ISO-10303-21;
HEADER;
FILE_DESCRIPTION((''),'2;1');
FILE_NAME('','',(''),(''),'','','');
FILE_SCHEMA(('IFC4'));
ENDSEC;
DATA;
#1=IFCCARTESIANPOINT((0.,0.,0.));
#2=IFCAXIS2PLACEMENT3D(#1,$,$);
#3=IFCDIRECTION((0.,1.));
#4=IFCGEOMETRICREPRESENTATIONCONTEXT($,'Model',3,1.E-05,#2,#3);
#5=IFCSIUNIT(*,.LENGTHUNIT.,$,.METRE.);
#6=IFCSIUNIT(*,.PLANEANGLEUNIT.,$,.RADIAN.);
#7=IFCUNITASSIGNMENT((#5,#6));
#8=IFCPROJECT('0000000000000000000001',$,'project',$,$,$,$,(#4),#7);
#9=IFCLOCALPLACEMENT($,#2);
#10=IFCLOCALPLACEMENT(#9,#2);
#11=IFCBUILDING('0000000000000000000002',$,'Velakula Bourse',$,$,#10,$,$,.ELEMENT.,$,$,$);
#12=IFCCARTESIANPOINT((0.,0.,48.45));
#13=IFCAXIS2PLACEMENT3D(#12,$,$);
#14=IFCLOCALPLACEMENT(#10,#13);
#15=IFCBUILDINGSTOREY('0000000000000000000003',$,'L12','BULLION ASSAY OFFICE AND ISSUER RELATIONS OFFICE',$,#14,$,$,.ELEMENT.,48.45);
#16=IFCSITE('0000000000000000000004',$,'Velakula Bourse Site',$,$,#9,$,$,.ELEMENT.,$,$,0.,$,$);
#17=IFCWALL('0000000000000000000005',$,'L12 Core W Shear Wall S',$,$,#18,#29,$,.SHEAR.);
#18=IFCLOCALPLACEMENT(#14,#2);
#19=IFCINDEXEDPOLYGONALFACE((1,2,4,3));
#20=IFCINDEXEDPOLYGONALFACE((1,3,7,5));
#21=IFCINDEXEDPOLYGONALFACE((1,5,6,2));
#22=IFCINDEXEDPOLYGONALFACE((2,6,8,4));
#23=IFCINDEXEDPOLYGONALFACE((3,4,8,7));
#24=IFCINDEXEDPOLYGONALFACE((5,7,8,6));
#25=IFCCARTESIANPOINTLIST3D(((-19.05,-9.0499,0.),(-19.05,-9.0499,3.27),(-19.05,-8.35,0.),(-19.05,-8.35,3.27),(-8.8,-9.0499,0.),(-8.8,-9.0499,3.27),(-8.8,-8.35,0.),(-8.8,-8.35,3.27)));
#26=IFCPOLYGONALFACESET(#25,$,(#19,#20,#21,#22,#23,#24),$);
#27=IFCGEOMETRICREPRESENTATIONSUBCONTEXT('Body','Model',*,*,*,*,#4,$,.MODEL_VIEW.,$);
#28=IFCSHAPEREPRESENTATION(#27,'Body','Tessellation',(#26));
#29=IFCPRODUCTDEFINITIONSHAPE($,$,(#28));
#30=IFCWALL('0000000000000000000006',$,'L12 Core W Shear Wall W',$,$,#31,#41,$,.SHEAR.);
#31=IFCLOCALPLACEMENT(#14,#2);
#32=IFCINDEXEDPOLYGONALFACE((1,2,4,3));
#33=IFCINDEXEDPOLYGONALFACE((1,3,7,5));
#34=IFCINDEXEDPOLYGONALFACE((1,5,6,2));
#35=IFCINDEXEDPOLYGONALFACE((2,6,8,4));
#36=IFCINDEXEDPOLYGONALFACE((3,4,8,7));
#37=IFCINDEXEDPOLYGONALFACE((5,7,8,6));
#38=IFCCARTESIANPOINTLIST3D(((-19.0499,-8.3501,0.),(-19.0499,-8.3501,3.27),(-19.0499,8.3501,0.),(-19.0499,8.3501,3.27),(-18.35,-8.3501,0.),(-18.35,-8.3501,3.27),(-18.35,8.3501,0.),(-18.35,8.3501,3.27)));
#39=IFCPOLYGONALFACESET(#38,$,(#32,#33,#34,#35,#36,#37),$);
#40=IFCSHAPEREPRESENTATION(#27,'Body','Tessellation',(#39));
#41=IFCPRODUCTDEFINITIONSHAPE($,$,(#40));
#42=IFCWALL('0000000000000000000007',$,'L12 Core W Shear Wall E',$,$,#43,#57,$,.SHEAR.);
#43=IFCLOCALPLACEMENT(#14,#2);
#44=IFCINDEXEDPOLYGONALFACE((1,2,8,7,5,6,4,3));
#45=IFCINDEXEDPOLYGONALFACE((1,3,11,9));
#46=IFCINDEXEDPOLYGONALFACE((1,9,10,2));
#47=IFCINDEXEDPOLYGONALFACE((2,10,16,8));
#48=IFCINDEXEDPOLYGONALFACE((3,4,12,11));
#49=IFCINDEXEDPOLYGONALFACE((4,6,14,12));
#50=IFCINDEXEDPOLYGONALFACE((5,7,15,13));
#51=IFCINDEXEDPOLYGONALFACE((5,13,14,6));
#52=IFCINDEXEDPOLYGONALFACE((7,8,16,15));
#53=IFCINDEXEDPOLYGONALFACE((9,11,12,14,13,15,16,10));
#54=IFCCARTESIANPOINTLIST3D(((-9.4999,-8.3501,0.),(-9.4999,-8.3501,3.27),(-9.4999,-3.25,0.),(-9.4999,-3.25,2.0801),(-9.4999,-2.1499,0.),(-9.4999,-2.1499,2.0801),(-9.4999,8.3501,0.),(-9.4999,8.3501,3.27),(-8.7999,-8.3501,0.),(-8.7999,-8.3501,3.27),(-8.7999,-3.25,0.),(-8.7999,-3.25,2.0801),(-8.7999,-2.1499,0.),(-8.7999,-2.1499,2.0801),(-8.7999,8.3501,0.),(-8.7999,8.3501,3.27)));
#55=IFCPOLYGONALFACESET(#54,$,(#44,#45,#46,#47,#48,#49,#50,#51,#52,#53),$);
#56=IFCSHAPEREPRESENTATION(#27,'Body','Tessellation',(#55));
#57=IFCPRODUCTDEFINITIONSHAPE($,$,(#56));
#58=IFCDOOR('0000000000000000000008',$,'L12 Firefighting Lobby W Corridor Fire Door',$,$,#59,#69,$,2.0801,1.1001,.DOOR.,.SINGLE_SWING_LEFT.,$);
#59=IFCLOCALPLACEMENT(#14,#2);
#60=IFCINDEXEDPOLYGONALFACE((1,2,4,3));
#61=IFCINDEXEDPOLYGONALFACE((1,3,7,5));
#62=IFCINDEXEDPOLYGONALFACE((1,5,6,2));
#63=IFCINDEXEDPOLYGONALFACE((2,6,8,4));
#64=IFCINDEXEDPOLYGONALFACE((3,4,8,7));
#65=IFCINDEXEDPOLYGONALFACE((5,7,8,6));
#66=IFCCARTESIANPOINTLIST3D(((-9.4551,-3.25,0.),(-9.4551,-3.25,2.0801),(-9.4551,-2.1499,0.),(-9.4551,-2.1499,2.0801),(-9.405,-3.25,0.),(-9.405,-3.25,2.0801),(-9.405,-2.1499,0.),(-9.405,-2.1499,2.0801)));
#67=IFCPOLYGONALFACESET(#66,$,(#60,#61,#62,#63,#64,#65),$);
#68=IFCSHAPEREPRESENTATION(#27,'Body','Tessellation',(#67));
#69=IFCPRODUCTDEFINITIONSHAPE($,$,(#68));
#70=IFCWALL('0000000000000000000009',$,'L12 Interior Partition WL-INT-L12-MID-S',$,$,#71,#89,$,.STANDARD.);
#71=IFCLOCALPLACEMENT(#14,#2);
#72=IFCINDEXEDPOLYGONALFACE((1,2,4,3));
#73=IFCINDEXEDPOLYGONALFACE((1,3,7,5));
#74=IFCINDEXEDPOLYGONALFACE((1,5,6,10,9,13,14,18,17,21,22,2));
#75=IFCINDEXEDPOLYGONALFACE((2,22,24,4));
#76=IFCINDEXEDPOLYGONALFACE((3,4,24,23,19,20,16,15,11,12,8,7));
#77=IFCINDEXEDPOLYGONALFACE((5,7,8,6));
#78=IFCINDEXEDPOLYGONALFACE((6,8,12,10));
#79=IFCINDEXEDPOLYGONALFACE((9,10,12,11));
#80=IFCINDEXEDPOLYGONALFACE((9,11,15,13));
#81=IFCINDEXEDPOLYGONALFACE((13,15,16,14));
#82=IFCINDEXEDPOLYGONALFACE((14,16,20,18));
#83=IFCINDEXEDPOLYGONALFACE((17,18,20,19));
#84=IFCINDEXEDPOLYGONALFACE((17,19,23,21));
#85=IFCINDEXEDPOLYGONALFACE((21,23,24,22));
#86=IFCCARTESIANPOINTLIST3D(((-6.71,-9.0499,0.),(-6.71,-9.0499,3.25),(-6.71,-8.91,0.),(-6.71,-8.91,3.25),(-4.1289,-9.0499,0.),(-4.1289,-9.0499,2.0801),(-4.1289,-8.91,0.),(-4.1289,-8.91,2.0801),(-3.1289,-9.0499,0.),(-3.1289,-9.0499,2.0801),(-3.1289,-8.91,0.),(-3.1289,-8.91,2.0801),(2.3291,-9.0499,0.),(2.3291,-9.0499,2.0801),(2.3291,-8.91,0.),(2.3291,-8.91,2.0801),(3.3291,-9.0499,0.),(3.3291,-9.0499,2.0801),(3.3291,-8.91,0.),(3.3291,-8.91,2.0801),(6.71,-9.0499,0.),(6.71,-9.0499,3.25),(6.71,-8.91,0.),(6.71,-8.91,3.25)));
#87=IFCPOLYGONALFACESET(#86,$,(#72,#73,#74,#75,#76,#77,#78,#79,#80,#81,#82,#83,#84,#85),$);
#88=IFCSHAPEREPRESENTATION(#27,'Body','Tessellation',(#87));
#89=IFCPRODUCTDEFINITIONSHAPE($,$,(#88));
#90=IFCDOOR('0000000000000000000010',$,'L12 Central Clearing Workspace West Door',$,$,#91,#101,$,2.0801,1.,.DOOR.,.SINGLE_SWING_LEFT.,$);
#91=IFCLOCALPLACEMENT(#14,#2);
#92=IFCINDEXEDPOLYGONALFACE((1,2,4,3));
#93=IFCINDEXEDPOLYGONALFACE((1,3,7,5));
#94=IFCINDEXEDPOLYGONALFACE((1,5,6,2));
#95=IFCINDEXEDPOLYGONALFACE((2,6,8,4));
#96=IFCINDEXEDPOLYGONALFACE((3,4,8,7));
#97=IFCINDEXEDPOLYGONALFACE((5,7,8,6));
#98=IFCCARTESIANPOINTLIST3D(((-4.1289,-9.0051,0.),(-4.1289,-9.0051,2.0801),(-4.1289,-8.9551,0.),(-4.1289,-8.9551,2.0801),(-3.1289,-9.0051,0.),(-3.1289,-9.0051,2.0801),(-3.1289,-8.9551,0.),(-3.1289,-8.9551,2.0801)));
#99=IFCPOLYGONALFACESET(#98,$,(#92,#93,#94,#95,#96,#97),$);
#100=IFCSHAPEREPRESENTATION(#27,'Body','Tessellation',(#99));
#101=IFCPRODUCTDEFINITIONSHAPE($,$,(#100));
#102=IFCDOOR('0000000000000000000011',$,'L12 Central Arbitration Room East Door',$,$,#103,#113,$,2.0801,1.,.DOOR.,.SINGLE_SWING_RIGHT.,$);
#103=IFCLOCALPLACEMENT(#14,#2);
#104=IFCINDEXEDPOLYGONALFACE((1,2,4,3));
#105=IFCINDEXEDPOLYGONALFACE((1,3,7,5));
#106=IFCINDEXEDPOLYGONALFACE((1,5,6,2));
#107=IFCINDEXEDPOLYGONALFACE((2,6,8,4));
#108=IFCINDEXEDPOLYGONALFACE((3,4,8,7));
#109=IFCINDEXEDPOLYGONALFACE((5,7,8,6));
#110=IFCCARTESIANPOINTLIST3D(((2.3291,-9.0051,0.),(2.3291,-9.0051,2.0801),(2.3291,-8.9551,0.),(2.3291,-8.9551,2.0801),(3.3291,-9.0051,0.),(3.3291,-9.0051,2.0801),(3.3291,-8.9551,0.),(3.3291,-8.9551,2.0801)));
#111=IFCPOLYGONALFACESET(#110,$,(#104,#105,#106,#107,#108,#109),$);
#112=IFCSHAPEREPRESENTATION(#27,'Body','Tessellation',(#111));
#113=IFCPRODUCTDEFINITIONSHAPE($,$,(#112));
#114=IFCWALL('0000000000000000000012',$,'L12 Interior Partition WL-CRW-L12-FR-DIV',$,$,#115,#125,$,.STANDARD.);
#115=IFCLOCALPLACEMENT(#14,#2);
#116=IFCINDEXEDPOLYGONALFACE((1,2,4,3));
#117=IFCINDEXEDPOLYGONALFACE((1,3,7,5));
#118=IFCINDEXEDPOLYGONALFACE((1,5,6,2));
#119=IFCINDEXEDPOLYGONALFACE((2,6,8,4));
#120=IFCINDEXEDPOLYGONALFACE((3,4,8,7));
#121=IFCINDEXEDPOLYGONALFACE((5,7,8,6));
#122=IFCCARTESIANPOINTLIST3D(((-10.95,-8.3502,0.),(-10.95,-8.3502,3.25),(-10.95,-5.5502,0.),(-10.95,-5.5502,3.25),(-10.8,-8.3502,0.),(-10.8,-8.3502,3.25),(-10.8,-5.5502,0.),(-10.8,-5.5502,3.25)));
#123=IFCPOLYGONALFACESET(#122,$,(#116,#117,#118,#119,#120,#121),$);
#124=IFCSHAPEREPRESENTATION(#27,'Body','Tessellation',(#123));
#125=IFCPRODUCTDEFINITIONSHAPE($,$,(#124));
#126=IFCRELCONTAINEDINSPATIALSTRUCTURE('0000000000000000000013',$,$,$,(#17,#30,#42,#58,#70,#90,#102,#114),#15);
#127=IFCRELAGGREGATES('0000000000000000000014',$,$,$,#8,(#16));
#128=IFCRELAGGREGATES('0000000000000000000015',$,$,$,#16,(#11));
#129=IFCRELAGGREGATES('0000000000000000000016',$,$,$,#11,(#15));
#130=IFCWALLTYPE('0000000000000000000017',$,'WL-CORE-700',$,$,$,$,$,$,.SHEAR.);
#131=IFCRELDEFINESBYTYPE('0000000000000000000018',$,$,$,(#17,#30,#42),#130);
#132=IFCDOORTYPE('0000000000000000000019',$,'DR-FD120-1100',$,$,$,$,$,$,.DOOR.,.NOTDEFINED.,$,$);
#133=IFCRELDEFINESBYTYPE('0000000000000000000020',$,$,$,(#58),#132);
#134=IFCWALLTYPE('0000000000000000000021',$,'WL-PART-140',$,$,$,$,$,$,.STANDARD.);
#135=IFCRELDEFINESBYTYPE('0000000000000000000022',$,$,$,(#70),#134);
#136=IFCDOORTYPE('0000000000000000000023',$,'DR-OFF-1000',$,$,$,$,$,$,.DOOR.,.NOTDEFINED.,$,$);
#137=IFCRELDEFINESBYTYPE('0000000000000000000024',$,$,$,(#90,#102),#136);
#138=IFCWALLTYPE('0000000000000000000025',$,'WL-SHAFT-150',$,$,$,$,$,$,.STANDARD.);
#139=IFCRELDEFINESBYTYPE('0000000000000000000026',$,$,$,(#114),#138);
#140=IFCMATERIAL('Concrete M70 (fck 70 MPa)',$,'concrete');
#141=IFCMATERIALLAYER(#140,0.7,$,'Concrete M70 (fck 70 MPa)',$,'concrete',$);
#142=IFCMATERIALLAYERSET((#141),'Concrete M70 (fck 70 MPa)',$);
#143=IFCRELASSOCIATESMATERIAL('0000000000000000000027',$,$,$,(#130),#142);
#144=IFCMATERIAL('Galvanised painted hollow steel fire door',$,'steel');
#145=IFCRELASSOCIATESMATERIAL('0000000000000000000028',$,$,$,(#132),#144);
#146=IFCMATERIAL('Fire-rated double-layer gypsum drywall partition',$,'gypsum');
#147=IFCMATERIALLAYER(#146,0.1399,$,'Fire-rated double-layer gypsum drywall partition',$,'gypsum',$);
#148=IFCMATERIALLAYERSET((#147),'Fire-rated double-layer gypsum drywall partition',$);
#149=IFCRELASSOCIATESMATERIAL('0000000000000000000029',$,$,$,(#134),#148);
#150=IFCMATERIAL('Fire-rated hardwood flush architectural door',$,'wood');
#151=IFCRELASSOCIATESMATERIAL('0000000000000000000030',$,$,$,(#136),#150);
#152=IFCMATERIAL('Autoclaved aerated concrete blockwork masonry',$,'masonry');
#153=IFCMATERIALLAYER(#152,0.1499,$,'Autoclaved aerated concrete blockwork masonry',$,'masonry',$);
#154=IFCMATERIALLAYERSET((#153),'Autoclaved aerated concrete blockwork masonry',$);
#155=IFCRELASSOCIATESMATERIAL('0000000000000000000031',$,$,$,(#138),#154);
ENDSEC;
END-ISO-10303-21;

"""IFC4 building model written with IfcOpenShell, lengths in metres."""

from ifc_helpers import new_model, si_unit, direction, frame, frame_2d, origin, place, context, subcontext, project, spatial, rectangle, extrude, material, layer, layer_set, type_object, element, fill, save


model = new_model("IFC4")

# Units and contexts
model_context = context("Model", 3, precision=1e-05, world=origin(), true_north=direction((0.0, 1.0)))
body_context = subcontext(model_context, "Body", "Model", "MODEL_VIEW")
ifc_project = project(units=[si_unit("LENGTHUNIT", "METRE"), si_unit("PLANEANGLEUNIT", "RADIAN")], contexts=[model_context])

# Site, building, storey
site_placement = place(None, origin())
site = spatial("IfcSite", under=ifc_project, at=site_placement, Name="Velakula Bourse Site", CompositionType="ELEMENT", RefElevation=0.0)
building_placement = place(site_placement, origin())
building = spatial("IfcBuilding", under=site, at=building_placement, Name="Velakula Bourse", CompositionType="ELEMENT")
storey_placement = place(building_placement, frame((0.0, 0.0, 48.45)))
storey = spatial("IfcBuildingStorey", under=building, at=storey_placement, Name="L12", Description="BULLION ASSAY OFFICE AND ISSUER RELATIONS OFFICE", CompositionType="ELEMENT", Elevation=48.45)

# Shared definitions
ifc_material_1 = material(Name="Concrete M70 (fck 70 MPa)", Category="concrete")

# Shared definitions
ifc_material_2 = material(Name="Galvanised painted hollow steel fire door", Category="steel")

# Walls
ifc_layer_1 = layer(ifc_material_1, 0.7, Name="Concrete M70 (fck 70 MPa)", Category="concrete")
ifc_layer_set_1 = layer_set([ifc_layer_1], Name="Concrete M70 (fck 70 MPa)")
wall_type_1 = type_object("IfcWallType", Name="WL-CORE-700", PredefinedType="SHEAR", material=ifc_layer_set_1)
wall_1_placement = place(storey_placement, frame((-19.05, -8.7, 0.0), z_axis=(0.0, 0.0, 1.0), x_axis=(1.0, 0.0, 0.0)))
element("IfcWall", 1, at=wall_1_placement, inside=storey, type_object=wall_type_1, Name="L12 Core W Shear Wall S", PredefinedType="SHEAR", context=body_context, shape_type="SweptSolid", body=[
    extrude(rectangle(XDim=10.25, YDim=0.7, at=frame_2d((5.125, 0.0))), origin(), (0.0, 0.0, 1.0), 3.27),
])
wall_2_placement = place(storey_placement, frame((-18.7, -8.3501, 0.0), z_axis=(0.0, 0.0, 1.0), x_axis=(0.0, 1.0, 0.0)))
element("IfcWall", 2, at=wall_2_placement, inside=storey, type_object=wall_type_1, Name="L12 Core W Shear Wall W", PredefinedType="SHEAR", context=body_context, shape_type="SweptSolid", body=[
    extrude(rectangle(XDim=16.7002, YDim=0.7, at=frame_2d((8.3501, 0.0))), origin(), (0.0, 0.0, 1.0), 3.27),
])

# Wall, opening, door
wall_3_placement = place(storey_placement, frame((-9.1499, -8.3501, 0.0), z_axis=(0.0, 0.0, 1.0), x_axis=(0.0, 1.0, 0.0)))
wall_3 = element("IfcWall", 3, at=wall_3_placement, inside=storey, type_object=wall_type_1, Name="L12 Core W Shear Wall E", PredefinedType="SHEAR", context=body_context, shape_type="SweptSolid", body=[
    extrude(rectangle(XDim=16.7002, YDim=0.7, at=frame_2d((8.3501, 0.0))), origin(), (0.0, 0.0, 1.0), 3.27),
])
opening_1_placement = place(wall_3_placement, frame((5.1001, 0.0, 0.0)))
opening_1 = element("IfcOpeningElement", 4, at=opening_1_placement, cuts=wall_3, PredefinedType="OPENING", context=body_context, shape_type="SweptSolid", body=[
    extrude(rectangle(XDim=1.1001, YDim=2.0801, at=frame_2d((0.55, 1.04))), frame((0.0, 0.3599, 0.0), z_axis=(0.0, -1.0, 0.0), x_axis=(1.0, 0.0, 0.0)), (0.0, 0.0, 1.0), 0.72),
])
door_type_1 = type_object("IfcDoorType", Name="DR-FD120-1100", OperationType="NOTDEFINED", PredefinedType="DOOR", material=ifc_material_2)
door_1_placement = place(opening_1_placement, origin())
door_1 = element("IfcDoor", 5, at=door_1_placement, inside=storey, type_object=door_type_1, Name="L12 Firefighting Lobby W Corridor Fire Door", OperationType="SINGLE_SWING_LEFT", OverallHeight=2.0801, OverallWidth=1.1001, PredefinedType="DOOR", context=body_context, shape_type="SweptSolid", body=[
    extrude(rectangle(XDim=1.1001, YDim=2.0801, at=frame_2d((0.55, 1.04))), frame((0.0, 0.3052, 0.0), z_axis=(0.0, -1.0, 0.0), x_axis=(1.0, 0.0, 0.0)), (0.0, 0.0, 1.0), 0.05),
])
fill(opening_1, door_1)

# Wall, openings, doors
ifc_material_3 = material(Name="Fire-rated double-layer gypsum drywall partition", Category="gypsum")
ifc_layer_2 = layer(ifc_material_3, 0.1399, Name="Fire-rated double-layer gypsum drywall partition", Category="gypsum")
ifc_layer_set_2 = layer_set([ifc_layer_2], Name="Fire-rated double-layer gypsum drywall partition")
wall_type_2 = type_object("IfcWallType", Name="WL-PART-140", PredefinedType="STANDARD", material=ifc_layer_set_2)
wall_4_placement = place(storey_placement, frame((-6.71, -8.98, 0.0), z_axis=(0.0, 0.0, 1.0), x_axis=(1.0, 0.0, 0.0)))
wall_4 = element("IfcWall", 6, at=wall_4_placement, inside=storey, type_object=wall_type_2, Name="L12 Interior Partition WL-INT-L12-MID-S", PredefinedType="STANDARD", context=body_context, shape_type="SweptSolid", body=[
    extrude(rectangle(XDim=13.4199, YDim=0.1399, at=frame_2d((6.71, 0.0))), origin(), (0.0, 0.0, 1.0), 3.25),
])
opening_2_placement = place(wall_4_placement, frame((2.5811, 0.0, 0.0)))
opening_2 = element("IfcOpeningElement", 7, at=opening_2_placement, cuts=wall_4, PredefinedType="OPENING", context=body_context, shape_type="SweptSolid", body=[
    extrude(rectangle(XDim=1.0, YDim=2.0801, at=frame_2d((0.5, 1.04))), frame((0.0, 0.0798, 0.0), z_axis=(0.0, -1.0, 0.0), x_axis=(1.0, 0.0, 0.0)), (0.0, 0.0, 1.0), 0.1599),
])
opening_3_placement = place(wall_4_placement, frame((9.0391, 0.0, 0.0)))
opening_3 = element("IfcOpeningElement", 8, at=opening_3_placement, cuts=wall_4, PredefinedType="OPENING", context=body_context, shape_type="SweptSolid", body=[
    extrude(rectangle(XDim=1.0, YDim=2.0801, at=frame_2d((0.5, 1.04))), frame((0.0, 0.0798, 0.0), z_axis=(0.0, -1.0, 0.0), x_axis=(1.0, 0.0, 0.0)), (0.0, 0.0, 1.0), 0.1599),
])
ifc_material_4 = material(Name="Fire-rated hardwood flush architectural door", Category="wood")
door_type_2 = type_object("IfcDoorType", Name="DR-OFF-1000", OperationType="NOTDEFINED", PredefinedType="DOOR", material=ifc_material_4)
door_2_placement = place(opening_2_placement, origin())
door_2 = element("IfcDoor", 9, at=door_2_placement, inside=storey, type_object=door_type_2, Name="L12 Central Clearing Workspace West Door", OperationType="SINGLE_SWING_LEFT", OverallHeight=2.0801, OverallWidth=1.0, PredefinedType="DOOR", context=body_context, shape_type="SweptSolid", body=[
    extrude(rectangle(XDim=1.0, YDim=2.0801, at=frame_2d((0.5, 1.04))), frame((0.0, 0.0249, 0.0), z_axis=(0.0, -1.0, 0.0), x_axis=(1.0, 0.0, 0.0)), (0.0, 0.0, 1.0), 0.05),
])
fill(opening_2, door_2)
door_3_placement = place(opening_3_placement, origin())
door_3 = element("IfcDoor", 10, at=door_3_placement, inside=storey, type_object=door_type_2, Name="L12 Central Arbitration Room East Door", OperationType="SINGLE_SWING_RIGHT", OverallHeight=2.0801, OverallWidth=1.0, PredefinedType="DOOR", context=body_context, shape_type="SweptSolid", body=[
    extrude(rectangle(XDim=1.0, YDim=2.0801, at=frame_2d((0.5, 1.04))), frame((0.0, 0.0249, 0.0), z_axis=(0.0, -1.0, 0.0), x_axis=(1.0, 0.0, 0.0)), (0.0, 0.0, 1.0), 0.05),
])
fill(opening_3, door_3)
ifc_material_5 = material(Name="Autoclaved aerated concrete blockwork masonry", Category="masonry")
ifc_layer_3 = layer(ifc_material_5, 0.1499, Name="Autoclaved aerated concrete blockwork masonry", Category="masonry")
ifc_layer_set_3 = layer_set([ifc_layer_3], Name="Autoclaved aerated concrete blockwork masonry")
wall_type_3 = type_object("IfcWallType", Name="WL-SHAFT-150", PredefinedType="STANDARD", material=ifc_layer_set_3)

# Wall
wall_5_placement = place(storey_placement, frame((-10.875, -8.3501, 0.0), z_axis=(0.0, 0.0, 1.0), x_axis=(0.0, 1.0, 0.0)))
element("IfcWall", 11, at=wall_5_placement, inside=storey, type_object=wall_type_3, Name="L12 Interior Partition WL-CRW-L12-FR-DIV", PredefinedType="STANDARD", context=body_context, shape_type="SweptSolid", body=[
    extrude(rectangle(XDim=2.8, YDim=0.1499, at=frame_2d((1.3999, 0.0))), origin(), (0.0, 0.0, 1.0), 3.25),
])

save(model, "model.ifc")
